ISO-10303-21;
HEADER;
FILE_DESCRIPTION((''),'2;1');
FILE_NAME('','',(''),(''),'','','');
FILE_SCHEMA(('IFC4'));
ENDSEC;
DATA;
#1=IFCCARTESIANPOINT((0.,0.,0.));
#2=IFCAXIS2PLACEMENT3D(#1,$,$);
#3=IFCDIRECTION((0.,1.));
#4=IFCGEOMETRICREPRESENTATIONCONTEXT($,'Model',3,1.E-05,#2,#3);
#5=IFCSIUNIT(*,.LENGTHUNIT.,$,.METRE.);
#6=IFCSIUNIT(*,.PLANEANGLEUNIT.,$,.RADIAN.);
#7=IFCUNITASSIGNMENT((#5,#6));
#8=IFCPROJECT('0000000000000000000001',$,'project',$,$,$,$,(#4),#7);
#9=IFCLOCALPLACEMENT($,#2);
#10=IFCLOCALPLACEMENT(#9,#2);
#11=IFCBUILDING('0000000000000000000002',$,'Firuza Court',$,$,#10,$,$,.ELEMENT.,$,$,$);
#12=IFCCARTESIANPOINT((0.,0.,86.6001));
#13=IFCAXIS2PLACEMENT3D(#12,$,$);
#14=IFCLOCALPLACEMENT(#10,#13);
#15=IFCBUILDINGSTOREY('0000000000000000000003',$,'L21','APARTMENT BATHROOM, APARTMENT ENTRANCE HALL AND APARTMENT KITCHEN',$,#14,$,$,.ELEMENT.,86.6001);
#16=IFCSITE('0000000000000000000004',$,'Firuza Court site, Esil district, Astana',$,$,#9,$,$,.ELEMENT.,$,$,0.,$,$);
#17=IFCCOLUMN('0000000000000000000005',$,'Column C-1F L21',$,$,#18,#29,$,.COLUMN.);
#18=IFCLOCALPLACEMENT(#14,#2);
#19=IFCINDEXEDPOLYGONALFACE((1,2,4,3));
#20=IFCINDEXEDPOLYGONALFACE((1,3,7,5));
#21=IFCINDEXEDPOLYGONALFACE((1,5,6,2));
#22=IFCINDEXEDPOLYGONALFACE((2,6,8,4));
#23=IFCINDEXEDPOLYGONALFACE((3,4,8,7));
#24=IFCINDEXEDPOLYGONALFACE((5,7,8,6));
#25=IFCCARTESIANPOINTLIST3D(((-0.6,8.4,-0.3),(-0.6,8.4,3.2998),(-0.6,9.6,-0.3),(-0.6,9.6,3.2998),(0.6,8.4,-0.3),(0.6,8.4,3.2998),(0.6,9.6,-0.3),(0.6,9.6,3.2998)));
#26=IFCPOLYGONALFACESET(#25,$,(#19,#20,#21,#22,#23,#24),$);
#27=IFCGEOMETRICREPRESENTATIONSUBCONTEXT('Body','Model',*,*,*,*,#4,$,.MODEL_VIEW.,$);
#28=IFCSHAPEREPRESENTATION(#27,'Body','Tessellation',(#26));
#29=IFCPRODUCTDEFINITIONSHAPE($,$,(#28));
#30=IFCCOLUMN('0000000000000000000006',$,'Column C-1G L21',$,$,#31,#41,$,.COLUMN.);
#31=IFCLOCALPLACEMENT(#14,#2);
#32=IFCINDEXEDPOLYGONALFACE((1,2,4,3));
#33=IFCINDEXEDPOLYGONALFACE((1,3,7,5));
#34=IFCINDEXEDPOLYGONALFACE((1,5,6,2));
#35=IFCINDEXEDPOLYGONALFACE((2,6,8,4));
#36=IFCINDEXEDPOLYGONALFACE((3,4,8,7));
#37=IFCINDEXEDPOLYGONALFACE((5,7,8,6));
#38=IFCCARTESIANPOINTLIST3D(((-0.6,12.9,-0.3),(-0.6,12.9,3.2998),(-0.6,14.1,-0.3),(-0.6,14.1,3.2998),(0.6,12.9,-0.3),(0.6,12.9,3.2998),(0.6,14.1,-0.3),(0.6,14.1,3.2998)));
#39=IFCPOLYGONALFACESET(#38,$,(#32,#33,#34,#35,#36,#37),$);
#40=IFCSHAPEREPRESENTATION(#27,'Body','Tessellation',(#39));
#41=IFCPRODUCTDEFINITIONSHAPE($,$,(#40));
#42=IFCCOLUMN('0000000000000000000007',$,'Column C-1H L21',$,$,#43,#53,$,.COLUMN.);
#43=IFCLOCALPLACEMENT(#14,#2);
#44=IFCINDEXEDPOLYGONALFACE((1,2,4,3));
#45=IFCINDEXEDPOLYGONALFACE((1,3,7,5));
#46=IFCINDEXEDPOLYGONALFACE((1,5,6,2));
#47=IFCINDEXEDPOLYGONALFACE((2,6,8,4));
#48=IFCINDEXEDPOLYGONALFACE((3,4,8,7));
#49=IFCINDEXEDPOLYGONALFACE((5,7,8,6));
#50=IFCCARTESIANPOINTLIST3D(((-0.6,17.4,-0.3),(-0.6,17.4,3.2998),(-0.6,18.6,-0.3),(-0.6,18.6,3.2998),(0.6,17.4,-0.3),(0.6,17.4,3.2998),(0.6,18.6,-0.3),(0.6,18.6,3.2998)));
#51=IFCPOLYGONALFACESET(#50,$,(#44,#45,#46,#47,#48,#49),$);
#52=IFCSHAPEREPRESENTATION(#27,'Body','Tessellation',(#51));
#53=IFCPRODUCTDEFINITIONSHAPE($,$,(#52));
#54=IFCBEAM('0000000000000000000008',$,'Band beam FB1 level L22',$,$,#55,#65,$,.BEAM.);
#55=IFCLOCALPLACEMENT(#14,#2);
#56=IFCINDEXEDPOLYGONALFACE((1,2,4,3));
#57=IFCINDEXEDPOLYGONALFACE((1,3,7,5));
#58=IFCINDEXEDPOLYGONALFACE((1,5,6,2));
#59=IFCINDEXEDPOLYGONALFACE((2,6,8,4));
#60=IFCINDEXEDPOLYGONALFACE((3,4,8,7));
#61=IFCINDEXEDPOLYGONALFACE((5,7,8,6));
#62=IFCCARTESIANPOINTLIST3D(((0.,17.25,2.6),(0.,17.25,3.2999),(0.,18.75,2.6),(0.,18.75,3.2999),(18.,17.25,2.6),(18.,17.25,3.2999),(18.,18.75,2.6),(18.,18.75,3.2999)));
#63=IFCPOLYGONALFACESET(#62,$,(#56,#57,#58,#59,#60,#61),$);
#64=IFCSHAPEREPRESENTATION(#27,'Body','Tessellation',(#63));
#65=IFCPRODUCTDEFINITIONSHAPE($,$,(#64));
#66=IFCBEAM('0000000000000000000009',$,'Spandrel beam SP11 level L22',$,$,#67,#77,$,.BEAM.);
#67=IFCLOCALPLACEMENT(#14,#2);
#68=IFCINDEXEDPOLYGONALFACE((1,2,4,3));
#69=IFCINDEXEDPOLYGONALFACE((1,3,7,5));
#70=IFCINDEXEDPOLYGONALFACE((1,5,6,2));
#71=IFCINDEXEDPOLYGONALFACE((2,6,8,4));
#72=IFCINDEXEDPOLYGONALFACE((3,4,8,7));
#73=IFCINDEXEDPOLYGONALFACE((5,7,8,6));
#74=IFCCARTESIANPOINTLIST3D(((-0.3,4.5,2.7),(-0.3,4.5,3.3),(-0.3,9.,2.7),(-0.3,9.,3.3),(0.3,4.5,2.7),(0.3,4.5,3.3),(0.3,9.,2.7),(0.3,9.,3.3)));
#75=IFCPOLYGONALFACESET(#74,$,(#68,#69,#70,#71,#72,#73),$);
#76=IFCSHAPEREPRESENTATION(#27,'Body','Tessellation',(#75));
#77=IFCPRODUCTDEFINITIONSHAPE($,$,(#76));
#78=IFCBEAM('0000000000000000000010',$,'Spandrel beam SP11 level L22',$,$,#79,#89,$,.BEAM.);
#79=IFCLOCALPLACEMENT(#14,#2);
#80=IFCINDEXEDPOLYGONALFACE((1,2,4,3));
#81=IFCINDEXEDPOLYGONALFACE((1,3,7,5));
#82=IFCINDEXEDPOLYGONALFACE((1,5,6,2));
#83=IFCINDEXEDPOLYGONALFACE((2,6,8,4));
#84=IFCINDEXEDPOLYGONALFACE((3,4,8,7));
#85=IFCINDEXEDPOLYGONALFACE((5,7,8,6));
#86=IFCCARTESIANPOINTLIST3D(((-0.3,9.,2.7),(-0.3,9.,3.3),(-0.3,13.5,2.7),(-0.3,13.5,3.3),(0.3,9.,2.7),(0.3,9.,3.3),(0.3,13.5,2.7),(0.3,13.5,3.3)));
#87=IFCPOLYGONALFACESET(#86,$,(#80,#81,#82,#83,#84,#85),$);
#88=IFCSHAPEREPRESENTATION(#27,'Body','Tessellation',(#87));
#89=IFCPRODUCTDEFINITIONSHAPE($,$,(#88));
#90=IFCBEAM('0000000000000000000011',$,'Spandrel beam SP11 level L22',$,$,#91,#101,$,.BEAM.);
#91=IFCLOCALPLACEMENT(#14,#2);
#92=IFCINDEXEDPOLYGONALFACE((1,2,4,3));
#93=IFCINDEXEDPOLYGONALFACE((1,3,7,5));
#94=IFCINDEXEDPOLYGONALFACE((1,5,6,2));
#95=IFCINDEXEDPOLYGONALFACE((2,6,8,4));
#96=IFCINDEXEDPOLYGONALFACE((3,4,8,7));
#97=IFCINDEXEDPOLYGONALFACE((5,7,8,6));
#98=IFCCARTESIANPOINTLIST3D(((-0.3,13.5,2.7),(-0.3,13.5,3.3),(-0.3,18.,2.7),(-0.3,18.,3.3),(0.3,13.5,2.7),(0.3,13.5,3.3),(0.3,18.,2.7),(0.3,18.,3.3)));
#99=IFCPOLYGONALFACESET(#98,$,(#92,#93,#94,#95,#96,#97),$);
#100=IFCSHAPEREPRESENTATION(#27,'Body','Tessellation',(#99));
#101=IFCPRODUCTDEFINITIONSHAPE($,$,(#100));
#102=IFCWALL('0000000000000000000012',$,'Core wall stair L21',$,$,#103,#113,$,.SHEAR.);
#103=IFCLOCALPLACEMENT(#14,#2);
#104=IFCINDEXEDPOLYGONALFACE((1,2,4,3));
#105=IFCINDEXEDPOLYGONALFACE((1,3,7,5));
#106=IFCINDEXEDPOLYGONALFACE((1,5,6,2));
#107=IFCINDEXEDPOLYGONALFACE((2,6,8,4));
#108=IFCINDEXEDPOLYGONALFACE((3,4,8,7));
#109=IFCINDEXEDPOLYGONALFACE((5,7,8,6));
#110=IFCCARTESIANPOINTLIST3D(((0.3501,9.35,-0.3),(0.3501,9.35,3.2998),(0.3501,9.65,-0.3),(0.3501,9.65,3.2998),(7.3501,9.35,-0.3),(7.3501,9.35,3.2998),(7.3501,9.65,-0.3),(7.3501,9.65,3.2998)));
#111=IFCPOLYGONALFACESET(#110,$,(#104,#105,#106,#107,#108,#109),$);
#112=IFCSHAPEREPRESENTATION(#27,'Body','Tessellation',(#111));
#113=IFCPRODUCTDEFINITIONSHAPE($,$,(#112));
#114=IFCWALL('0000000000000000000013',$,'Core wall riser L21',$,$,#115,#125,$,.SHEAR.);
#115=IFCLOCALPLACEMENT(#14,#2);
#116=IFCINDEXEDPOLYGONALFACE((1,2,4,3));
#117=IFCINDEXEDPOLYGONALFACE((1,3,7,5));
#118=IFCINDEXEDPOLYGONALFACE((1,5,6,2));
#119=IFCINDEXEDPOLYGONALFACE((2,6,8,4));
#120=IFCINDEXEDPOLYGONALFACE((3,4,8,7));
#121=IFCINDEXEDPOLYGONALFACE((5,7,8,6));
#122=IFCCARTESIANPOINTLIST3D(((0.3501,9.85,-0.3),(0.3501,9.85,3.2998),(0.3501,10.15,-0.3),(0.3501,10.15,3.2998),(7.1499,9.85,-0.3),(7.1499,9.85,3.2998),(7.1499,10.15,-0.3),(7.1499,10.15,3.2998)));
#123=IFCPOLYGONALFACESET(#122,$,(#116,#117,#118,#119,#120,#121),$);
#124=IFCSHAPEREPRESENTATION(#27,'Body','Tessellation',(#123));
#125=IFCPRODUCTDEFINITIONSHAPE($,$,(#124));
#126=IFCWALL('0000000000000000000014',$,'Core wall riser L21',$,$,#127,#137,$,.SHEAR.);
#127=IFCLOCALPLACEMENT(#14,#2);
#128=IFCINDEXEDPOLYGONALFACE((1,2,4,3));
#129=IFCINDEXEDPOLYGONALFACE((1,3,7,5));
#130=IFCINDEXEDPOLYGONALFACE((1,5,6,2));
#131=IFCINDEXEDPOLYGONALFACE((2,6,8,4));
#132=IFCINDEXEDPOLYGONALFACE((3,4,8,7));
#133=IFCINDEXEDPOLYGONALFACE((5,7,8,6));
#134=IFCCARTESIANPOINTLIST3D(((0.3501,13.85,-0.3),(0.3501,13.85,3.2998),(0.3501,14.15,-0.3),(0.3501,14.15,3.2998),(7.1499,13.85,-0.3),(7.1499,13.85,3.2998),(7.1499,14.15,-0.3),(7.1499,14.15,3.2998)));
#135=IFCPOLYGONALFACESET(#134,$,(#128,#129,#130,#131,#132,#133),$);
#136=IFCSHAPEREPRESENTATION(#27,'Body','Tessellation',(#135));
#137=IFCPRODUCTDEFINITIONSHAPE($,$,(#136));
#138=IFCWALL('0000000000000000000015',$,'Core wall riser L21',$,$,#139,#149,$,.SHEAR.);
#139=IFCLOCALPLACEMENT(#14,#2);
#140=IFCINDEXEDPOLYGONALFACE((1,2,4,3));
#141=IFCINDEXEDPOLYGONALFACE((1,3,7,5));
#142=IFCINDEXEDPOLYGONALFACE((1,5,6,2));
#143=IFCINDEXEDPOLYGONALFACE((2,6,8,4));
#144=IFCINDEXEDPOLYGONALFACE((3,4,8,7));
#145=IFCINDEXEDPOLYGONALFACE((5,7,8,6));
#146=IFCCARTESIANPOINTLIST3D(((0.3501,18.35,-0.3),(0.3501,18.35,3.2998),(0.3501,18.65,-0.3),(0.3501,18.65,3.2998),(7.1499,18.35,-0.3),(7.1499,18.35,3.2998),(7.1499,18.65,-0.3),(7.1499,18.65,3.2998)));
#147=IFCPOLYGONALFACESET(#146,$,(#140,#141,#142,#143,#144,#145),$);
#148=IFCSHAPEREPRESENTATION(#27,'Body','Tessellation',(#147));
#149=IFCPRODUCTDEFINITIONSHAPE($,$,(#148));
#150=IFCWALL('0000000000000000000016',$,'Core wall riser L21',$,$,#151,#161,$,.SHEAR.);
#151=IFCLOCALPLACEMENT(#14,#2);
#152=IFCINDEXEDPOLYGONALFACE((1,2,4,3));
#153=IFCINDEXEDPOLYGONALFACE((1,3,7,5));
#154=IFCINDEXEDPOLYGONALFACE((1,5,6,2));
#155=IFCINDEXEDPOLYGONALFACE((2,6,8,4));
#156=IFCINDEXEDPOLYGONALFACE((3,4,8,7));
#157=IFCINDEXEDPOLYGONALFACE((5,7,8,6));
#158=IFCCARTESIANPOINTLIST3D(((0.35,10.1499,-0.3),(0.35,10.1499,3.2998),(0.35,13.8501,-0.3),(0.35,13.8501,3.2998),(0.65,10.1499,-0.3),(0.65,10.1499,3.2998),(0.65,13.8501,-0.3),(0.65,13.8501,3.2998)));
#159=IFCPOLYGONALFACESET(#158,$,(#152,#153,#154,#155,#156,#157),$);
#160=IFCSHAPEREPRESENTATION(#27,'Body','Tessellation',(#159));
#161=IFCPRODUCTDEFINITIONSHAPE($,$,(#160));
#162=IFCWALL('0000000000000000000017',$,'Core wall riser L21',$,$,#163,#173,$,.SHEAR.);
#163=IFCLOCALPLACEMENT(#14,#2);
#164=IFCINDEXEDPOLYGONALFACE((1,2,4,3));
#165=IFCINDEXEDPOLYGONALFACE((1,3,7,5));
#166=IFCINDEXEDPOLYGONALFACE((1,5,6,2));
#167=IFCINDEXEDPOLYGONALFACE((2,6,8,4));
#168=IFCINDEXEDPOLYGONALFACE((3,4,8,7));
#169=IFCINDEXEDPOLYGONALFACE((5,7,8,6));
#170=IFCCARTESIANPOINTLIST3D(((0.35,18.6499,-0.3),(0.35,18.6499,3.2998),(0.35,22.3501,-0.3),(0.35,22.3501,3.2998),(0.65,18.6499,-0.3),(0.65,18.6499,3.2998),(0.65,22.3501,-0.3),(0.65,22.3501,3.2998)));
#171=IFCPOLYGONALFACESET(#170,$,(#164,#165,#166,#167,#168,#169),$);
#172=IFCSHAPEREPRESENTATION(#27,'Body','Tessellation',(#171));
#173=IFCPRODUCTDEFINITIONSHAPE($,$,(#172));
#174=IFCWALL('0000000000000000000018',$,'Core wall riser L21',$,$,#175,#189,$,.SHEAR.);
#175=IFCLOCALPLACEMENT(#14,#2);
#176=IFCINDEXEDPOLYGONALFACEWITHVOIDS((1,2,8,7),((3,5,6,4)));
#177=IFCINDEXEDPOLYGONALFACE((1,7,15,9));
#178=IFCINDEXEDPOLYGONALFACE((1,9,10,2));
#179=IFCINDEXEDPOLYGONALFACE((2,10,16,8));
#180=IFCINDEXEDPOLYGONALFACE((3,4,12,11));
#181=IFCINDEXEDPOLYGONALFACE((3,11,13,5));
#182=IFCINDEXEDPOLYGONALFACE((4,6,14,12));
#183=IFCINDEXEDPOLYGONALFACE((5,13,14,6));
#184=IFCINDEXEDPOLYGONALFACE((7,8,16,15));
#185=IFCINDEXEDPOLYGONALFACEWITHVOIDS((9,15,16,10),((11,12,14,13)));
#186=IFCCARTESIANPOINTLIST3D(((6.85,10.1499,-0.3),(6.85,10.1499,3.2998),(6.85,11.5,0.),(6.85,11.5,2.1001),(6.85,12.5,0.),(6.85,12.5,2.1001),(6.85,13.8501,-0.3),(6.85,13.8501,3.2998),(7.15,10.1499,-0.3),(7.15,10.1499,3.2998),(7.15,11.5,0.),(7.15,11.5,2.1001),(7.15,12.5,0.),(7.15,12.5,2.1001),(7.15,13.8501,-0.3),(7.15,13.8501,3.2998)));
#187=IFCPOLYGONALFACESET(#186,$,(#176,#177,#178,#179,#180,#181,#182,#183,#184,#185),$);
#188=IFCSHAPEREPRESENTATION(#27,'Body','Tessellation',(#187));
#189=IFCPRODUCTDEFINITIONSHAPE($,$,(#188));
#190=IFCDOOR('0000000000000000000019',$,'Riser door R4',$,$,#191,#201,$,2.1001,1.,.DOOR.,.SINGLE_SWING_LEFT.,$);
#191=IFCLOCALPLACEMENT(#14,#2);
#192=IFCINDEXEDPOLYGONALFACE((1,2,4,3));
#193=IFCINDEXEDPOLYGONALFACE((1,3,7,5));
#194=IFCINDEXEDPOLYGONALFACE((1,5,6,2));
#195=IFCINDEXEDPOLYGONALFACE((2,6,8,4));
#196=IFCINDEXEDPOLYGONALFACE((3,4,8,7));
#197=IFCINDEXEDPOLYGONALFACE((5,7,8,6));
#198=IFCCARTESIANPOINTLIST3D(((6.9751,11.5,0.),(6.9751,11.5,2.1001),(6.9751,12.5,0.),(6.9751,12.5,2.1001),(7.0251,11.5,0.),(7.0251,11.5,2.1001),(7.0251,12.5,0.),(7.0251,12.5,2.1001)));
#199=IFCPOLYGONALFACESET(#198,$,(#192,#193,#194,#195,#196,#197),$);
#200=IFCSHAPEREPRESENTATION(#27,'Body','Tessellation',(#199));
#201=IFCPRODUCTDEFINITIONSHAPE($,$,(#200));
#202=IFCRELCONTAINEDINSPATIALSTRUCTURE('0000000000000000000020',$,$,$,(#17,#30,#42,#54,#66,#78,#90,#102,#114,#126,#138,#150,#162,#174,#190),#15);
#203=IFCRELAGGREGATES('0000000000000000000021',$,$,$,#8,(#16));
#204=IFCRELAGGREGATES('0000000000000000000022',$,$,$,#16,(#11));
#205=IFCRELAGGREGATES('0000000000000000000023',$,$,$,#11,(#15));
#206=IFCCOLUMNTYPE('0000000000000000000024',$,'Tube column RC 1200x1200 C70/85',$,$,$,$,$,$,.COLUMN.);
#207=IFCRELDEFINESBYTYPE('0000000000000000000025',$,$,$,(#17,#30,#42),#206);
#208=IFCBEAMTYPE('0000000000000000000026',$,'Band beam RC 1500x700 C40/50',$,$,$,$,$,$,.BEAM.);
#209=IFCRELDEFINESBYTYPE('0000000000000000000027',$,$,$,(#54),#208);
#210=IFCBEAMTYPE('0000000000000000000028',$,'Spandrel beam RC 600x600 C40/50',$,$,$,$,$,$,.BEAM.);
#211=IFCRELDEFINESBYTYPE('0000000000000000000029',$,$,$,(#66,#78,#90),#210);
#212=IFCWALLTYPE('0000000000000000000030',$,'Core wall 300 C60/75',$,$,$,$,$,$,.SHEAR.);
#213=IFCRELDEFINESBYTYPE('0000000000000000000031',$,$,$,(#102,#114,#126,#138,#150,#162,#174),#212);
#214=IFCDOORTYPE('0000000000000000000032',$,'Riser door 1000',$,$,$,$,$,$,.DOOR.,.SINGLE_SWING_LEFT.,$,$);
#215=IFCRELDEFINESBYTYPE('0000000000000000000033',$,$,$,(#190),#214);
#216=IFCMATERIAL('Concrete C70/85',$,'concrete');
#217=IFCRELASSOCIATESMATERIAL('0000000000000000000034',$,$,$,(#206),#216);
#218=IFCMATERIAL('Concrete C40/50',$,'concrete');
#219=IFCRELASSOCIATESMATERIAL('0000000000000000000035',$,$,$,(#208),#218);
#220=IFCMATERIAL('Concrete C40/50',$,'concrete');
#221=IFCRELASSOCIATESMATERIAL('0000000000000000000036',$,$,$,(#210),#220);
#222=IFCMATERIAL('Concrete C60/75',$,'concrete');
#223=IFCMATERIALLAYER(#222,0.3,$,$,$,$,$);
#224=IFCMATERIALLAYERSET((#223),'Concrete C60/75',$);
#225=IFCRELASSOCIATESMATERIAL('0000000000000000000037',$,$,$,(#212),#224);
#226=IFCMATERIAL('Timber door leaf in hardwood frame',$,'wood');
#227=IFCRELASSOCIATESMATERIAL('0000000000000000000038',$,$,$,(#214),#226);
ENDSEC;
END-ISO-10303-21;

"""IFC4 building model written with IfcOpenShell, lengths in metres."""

from ifc_helpers import new_model, si_unit, direction, frame, frame_2d, origin, origin_2d, place, context, subcontext, project, spatial, rectangle, extrude, material, layer, layer_set, material_profile, profile_set, type_object, element, fill, save


model = new_model("IFC4")

# Units and contexts
model_context = context("Model", 3, precision=1e-05, world=origin(), true_north=direction((0.0, 1.0)))
body_context = subcontext(model_context, "Body", "Model", "MODEL_VIEW")
ifc_project = project(units=[si_unit("LENGTHUNIT", "METRE"), si_unit("PLANEANGLEUNIT", "RADIAN")], contexts=[model_context])

# Site, building, storey
site_placement = place(None, origin())
site = spatial("IfcSite", under=ifc_project, at=site_placement, Name="Firuza Court site, Esil district, Astana", CompositionType="ELEMENT", RefElevation=0.0)
building_placement = place(site_placement, origin())
building = spatial("IfcBuilding", under=site, at=building_placement, Name="Firuza Court", CompositionType="ELEMENT")
storey_placement = place(building_placement, frame((0.0, 0.0, 86.6001)))
storey = spatial("IfcBuildingStorey", under=building, at=storey_placement, Name="L21", Description="APARTMENT BATHROOM, APARTMENT ENTRANCE HALL AND APARTMENT KITCHEN", CompositionType="ELEMENT", Elevation=86.6001)

# Columns
ifc_material_1 = material(Name="Concrete C70/85", Category="concrete")
ifc_material_profile_1 = material_profile(ifc_material_1, rectangle(XDim=1.2, YDim=1.2, at=origin_2d()), Name="RC 1200x1200")
ifc_profile_set_1 = profile_set([ifc_material_profile_1], Name="Concrete C70/85")
column_type = type_object("IfcColumnType", Name="Tube column RC 1200x1200 C70/85", PredefinedType="COLUMN", material=ifc_profile_set_1)
for number, where, z_axis, x_axis, name in (
    (1, (0.0, 9.0, -0.3), (0.0, 0.0, 1.0), (1.0, 0.0, 0.0), "Column C-1F L21"),
    (2, (0.0, 13.5, -0.3), (0.0, 0.0, 1.0), (1.0, 0.0, 0.0), "Column C-1G L21"),
    (3, (0.0, 18.0, -0.3), (0.0, 0.0, 1.0), (1.0, 0.0, 0.0), "Column C-1H L21"),
):
    element("IfcColumn", number, at=place(storey_placement, frame(where, z_axis=z_axis, x_axis=x_axis)), inside=storey, type_object=column_type, Name=name, PredefinedType="COLUMN", context=body_context, shape_type="SweptSolid", body=[
        extrude(rectangle(XDim=1.2, YDim=1.2, at=origin_2d()), origin(), (0.0, 0.0, 1.0), 3.5999),
    ])

# Beams
ifc_material_2 = material(Name="Concrete C40/50", Category="concrete")
ifc_material_profile_2 = material_profile(ifc_material_2, rectangle(XDim=1.5, YDim=0.7, at=origin_2d()), Name="RC 1500x700")
ifc_profile_set_2 = profile_set([ifc_material_profile_2], Name="Concrete C40/50")
beam_type_1 = type_object("IfcBeamType", Name="Band beam RC 1500x700 C40/50", PredefinedType="BEAM", material=ifc_profile_set_2)
beam_placement = place(storey_placement, frame((0.0, 18.0, 2.95), z_axis=(1.0, 0.0, 0.0), x_axis=(0.0, 1.0, 0.0)))
element("IfcBeam", 4, at=beam_placement, inside=storey, type_object=beam_type_1, Name="Band beam FB1 level L22", PredefinedType="BEAM", context=body_context, shape_type="SweptSolid", body=[
    extrude(rectangle(XDim=1.5, YDim=0.7, at=origin_2d()), origin(), (0.0, 0.0, 1.0), 18.0),
])
ifc_material_3 = material(Name="Concrete C40/50", Category="concrete")
ifc_material_profile_3 = material_profile(ifc_material_3, rectangle(XDim=0.6001, YDim=0.6001, at=origin_2d()), Name="RC 600x600")
ifc_profile_set_3 = profile_set([ifc_material_profile_3], Name="Concrete C40/50")
beam_type_2 = type_object("IfcBeamType", Name="Spandrel beam RC 600x600 C40/50", PredefinedType="BEAM", material=ifc_profile_set_3)
for number, where, z_axis, x_axis, name in (
    (5, (0.0, 9.0, 3.0), (0.0, -1.0, 0.0), (1.0, 0.0, 0.0), "Spandrel beam SP11 level L22"),
    (6, (0.0, 13.5, 3.0), (0.0, -1.0, 0.0), (1.0, 0.0, 0.0), "Spandrel beam SP11 level L22"),
    (7, (0.0, 18.0, 3.0), (0.0, -1.0, 0.0), (1.0, 0.0, 0.0), "Spandrel beam SP11 level L22"),
):
    element("IfcBeam", number, at=place(storey_placement, frame(where, z_axis=z_axis, x_axis=x_axis)), inside=storey, type_object=beam_type_2, Name=name, PredefinedType="BEAM", context=body_context, shape_type="SweptSolid", body=[
        extrude(rectangle(XDim=0.6001, YDim=0.6001, at=origin_2d()), origin(), (0.0, 0.0, 1.0), 4.5),
    ])

# Walls
ifc_material_4 = material(Name="Concrete C60/75", Category="concrete")
ifc_layer_1 = layer(ifc_material_4, 0.3)
ifc_layer_set_1 = layer_set([ifc_layer_1], Name="Concrete C60/75")
wall_type_1 = type_object("IfcWallType", Name="Core wall 300 C60/75", PredefinedType="SHEAR", material=ifc_layer_set_1)
wall_1_placement = place(storey_placement, frame((0.3501, 9.5, -0.3), z_axis=(0.0, 0.0, 1.0), x_axis=(1.0, 0.0, 0.0)))
element("IfcWall", 8, at=wall_1_placement, inside=storey, type_object=wall_type_1, Name="Core wall stair L21", PredefinedType="SHEAR", context=body_context, shape_type="SweptSolid", body=[
    extrude(rectangle(XDim=7.0, YDim=0.3, at=frame_2d((3.5, 0.0))), origin(), (0.0, 0.0, 1.0), 3.5999),
])
for number, where, z_axis, x_axis, name in (
    (9, (0.3501, 10.0, -0.3), (0.0, 0.0, 1.0), (1.0, 0.0, 0.0), "Core wall riser L21"),
    (10, (0.3501, 14.0, -0.3), (0.0, 0.0, 1.0), (1.0, 0.0, 0.0), "Core wall riser L21"),
    (11, (0.3501, 18.5, -0.3), (0.0, 0.0, 1.0), (1.0, 0.0, 0.0), "Core wall riser L21"),
):
    element("IfcWall", number, at=place(storey_placement, frame(where, z_axis=z_axis, x_axis=x_axis)), inside=storey, type_object=wall_type_1, Name=name, PredefinedType="SHEAR", context=body_context, shape_type="SweptSolid", body=[
        extrude(rectangle(XDim=6.7998, YDim=0.3, at=frame_2d((3.3999, 0.0))), origin(), (0.0, 0.0, 1.0), 3.5999),
    ])
for number, where, z_axis, x_axis, name in (
    (12, (0.5, 10.1499, -0.3), (0.0, 0.0, 1.0), (0.0, 1.0, 0.0), "Core wall riser L21"),
    (13, (0.5, 18.6499, -0.3), (0.0, 0.0, 1.0), (0.0, 1.0, 0.0), "Core wall riser L21"),
):
    element("IfcWall", number, at=place(storey_placement, frame(where, z_axis=z_axis, x_axis=x_axis)), inside=storey, type_object=wall_type_1, Name=name, PredefinedType="SHEAR", context=body_context, shape_type="SweptSolid", body=[
        extrude(rectangle(XDim=3.7002, YDim=0.3, at=frame_2d((1.8501, 0.0))), origin(), (0.0, 0.0, 1.0), 3.5999),
    ])

# Wall, opening, door
wall_2_placement = place(storey_placement, frame((7.0, 10.1499, -0.3), z_axis=(0.0, 0.0, 1.0), x_axis=(0.0, 1.0, 0.0)))
wall_2 = element("IfcWall", 14, at=wall_2_placement, inside=storey, type_object=wall_type_1, Name="Core wall riser L21", PredefinedType="SHEAR", context=body_context, shape_type="SweptSolid", body=[
    extrude(rectangle(XDim=3.7002, YDim=0.3, at=frame_2d((1.8501, 0.0))), origin(), (0.0, 0.0, 1.0), 3.5999),
])
opening_1_placement = place(wall_2_placement, frame((1.3501, 0.0, 0.3)))
opening_1 = element("IfcOpeningElement", 15, at=opening_1_placement, cuts=wall_2, PredefinedType="OPENING", context=body_context, shape_type="SweptSolid", body=[
    extrude(rectangle(XDim=1.0, YDim=2.1001, at=frame_2d((0.5, 1.05))), frame((0.0, 0.1621, 0.0), z_axis=(0.0, -1.0, 0.0), x_axis=(1.0, 0.0, 0.0)), (0.0, 0.0, 1.0), 0.324),
])
ifc_material_5 = material(Name="Timber door leaf in hardwood frame", Category="wood")
door_type_1 = type_object("IfcDoorType", Name="Riser door 1000", OperationType="SINGLE_SWING_LEFT", PredefinedType="DOOR", material=ifc_material_5)
door_1_placement = place(opening_1_placement, origin())
door_1 = element("IfcDoor", 16, at=door_1_placement, inside=storey, type_object=door_type_1, Name="Riser door R4", OperationType="SINGLE_SWING_LEFT", OverallHeight=2.1001, OverallWidth=1.0, PredefinedType="DOOR", context=body_context, shape_type="SweptSolid", body=[
    extrude(rectangle(XDim=1.0, YDim=2.1001, at=frame_2d((0.5, 1.05))), frame((0.0, 0.0249, 0.0), z_axis=(0.0, -1.0, 0.0), x_axis=(1.0, 0.0, 0.0)), (0.0, 0.0, 1.0), 0.05),
])
fill(opening_1, door_1)

save(model, "model.ifc")
